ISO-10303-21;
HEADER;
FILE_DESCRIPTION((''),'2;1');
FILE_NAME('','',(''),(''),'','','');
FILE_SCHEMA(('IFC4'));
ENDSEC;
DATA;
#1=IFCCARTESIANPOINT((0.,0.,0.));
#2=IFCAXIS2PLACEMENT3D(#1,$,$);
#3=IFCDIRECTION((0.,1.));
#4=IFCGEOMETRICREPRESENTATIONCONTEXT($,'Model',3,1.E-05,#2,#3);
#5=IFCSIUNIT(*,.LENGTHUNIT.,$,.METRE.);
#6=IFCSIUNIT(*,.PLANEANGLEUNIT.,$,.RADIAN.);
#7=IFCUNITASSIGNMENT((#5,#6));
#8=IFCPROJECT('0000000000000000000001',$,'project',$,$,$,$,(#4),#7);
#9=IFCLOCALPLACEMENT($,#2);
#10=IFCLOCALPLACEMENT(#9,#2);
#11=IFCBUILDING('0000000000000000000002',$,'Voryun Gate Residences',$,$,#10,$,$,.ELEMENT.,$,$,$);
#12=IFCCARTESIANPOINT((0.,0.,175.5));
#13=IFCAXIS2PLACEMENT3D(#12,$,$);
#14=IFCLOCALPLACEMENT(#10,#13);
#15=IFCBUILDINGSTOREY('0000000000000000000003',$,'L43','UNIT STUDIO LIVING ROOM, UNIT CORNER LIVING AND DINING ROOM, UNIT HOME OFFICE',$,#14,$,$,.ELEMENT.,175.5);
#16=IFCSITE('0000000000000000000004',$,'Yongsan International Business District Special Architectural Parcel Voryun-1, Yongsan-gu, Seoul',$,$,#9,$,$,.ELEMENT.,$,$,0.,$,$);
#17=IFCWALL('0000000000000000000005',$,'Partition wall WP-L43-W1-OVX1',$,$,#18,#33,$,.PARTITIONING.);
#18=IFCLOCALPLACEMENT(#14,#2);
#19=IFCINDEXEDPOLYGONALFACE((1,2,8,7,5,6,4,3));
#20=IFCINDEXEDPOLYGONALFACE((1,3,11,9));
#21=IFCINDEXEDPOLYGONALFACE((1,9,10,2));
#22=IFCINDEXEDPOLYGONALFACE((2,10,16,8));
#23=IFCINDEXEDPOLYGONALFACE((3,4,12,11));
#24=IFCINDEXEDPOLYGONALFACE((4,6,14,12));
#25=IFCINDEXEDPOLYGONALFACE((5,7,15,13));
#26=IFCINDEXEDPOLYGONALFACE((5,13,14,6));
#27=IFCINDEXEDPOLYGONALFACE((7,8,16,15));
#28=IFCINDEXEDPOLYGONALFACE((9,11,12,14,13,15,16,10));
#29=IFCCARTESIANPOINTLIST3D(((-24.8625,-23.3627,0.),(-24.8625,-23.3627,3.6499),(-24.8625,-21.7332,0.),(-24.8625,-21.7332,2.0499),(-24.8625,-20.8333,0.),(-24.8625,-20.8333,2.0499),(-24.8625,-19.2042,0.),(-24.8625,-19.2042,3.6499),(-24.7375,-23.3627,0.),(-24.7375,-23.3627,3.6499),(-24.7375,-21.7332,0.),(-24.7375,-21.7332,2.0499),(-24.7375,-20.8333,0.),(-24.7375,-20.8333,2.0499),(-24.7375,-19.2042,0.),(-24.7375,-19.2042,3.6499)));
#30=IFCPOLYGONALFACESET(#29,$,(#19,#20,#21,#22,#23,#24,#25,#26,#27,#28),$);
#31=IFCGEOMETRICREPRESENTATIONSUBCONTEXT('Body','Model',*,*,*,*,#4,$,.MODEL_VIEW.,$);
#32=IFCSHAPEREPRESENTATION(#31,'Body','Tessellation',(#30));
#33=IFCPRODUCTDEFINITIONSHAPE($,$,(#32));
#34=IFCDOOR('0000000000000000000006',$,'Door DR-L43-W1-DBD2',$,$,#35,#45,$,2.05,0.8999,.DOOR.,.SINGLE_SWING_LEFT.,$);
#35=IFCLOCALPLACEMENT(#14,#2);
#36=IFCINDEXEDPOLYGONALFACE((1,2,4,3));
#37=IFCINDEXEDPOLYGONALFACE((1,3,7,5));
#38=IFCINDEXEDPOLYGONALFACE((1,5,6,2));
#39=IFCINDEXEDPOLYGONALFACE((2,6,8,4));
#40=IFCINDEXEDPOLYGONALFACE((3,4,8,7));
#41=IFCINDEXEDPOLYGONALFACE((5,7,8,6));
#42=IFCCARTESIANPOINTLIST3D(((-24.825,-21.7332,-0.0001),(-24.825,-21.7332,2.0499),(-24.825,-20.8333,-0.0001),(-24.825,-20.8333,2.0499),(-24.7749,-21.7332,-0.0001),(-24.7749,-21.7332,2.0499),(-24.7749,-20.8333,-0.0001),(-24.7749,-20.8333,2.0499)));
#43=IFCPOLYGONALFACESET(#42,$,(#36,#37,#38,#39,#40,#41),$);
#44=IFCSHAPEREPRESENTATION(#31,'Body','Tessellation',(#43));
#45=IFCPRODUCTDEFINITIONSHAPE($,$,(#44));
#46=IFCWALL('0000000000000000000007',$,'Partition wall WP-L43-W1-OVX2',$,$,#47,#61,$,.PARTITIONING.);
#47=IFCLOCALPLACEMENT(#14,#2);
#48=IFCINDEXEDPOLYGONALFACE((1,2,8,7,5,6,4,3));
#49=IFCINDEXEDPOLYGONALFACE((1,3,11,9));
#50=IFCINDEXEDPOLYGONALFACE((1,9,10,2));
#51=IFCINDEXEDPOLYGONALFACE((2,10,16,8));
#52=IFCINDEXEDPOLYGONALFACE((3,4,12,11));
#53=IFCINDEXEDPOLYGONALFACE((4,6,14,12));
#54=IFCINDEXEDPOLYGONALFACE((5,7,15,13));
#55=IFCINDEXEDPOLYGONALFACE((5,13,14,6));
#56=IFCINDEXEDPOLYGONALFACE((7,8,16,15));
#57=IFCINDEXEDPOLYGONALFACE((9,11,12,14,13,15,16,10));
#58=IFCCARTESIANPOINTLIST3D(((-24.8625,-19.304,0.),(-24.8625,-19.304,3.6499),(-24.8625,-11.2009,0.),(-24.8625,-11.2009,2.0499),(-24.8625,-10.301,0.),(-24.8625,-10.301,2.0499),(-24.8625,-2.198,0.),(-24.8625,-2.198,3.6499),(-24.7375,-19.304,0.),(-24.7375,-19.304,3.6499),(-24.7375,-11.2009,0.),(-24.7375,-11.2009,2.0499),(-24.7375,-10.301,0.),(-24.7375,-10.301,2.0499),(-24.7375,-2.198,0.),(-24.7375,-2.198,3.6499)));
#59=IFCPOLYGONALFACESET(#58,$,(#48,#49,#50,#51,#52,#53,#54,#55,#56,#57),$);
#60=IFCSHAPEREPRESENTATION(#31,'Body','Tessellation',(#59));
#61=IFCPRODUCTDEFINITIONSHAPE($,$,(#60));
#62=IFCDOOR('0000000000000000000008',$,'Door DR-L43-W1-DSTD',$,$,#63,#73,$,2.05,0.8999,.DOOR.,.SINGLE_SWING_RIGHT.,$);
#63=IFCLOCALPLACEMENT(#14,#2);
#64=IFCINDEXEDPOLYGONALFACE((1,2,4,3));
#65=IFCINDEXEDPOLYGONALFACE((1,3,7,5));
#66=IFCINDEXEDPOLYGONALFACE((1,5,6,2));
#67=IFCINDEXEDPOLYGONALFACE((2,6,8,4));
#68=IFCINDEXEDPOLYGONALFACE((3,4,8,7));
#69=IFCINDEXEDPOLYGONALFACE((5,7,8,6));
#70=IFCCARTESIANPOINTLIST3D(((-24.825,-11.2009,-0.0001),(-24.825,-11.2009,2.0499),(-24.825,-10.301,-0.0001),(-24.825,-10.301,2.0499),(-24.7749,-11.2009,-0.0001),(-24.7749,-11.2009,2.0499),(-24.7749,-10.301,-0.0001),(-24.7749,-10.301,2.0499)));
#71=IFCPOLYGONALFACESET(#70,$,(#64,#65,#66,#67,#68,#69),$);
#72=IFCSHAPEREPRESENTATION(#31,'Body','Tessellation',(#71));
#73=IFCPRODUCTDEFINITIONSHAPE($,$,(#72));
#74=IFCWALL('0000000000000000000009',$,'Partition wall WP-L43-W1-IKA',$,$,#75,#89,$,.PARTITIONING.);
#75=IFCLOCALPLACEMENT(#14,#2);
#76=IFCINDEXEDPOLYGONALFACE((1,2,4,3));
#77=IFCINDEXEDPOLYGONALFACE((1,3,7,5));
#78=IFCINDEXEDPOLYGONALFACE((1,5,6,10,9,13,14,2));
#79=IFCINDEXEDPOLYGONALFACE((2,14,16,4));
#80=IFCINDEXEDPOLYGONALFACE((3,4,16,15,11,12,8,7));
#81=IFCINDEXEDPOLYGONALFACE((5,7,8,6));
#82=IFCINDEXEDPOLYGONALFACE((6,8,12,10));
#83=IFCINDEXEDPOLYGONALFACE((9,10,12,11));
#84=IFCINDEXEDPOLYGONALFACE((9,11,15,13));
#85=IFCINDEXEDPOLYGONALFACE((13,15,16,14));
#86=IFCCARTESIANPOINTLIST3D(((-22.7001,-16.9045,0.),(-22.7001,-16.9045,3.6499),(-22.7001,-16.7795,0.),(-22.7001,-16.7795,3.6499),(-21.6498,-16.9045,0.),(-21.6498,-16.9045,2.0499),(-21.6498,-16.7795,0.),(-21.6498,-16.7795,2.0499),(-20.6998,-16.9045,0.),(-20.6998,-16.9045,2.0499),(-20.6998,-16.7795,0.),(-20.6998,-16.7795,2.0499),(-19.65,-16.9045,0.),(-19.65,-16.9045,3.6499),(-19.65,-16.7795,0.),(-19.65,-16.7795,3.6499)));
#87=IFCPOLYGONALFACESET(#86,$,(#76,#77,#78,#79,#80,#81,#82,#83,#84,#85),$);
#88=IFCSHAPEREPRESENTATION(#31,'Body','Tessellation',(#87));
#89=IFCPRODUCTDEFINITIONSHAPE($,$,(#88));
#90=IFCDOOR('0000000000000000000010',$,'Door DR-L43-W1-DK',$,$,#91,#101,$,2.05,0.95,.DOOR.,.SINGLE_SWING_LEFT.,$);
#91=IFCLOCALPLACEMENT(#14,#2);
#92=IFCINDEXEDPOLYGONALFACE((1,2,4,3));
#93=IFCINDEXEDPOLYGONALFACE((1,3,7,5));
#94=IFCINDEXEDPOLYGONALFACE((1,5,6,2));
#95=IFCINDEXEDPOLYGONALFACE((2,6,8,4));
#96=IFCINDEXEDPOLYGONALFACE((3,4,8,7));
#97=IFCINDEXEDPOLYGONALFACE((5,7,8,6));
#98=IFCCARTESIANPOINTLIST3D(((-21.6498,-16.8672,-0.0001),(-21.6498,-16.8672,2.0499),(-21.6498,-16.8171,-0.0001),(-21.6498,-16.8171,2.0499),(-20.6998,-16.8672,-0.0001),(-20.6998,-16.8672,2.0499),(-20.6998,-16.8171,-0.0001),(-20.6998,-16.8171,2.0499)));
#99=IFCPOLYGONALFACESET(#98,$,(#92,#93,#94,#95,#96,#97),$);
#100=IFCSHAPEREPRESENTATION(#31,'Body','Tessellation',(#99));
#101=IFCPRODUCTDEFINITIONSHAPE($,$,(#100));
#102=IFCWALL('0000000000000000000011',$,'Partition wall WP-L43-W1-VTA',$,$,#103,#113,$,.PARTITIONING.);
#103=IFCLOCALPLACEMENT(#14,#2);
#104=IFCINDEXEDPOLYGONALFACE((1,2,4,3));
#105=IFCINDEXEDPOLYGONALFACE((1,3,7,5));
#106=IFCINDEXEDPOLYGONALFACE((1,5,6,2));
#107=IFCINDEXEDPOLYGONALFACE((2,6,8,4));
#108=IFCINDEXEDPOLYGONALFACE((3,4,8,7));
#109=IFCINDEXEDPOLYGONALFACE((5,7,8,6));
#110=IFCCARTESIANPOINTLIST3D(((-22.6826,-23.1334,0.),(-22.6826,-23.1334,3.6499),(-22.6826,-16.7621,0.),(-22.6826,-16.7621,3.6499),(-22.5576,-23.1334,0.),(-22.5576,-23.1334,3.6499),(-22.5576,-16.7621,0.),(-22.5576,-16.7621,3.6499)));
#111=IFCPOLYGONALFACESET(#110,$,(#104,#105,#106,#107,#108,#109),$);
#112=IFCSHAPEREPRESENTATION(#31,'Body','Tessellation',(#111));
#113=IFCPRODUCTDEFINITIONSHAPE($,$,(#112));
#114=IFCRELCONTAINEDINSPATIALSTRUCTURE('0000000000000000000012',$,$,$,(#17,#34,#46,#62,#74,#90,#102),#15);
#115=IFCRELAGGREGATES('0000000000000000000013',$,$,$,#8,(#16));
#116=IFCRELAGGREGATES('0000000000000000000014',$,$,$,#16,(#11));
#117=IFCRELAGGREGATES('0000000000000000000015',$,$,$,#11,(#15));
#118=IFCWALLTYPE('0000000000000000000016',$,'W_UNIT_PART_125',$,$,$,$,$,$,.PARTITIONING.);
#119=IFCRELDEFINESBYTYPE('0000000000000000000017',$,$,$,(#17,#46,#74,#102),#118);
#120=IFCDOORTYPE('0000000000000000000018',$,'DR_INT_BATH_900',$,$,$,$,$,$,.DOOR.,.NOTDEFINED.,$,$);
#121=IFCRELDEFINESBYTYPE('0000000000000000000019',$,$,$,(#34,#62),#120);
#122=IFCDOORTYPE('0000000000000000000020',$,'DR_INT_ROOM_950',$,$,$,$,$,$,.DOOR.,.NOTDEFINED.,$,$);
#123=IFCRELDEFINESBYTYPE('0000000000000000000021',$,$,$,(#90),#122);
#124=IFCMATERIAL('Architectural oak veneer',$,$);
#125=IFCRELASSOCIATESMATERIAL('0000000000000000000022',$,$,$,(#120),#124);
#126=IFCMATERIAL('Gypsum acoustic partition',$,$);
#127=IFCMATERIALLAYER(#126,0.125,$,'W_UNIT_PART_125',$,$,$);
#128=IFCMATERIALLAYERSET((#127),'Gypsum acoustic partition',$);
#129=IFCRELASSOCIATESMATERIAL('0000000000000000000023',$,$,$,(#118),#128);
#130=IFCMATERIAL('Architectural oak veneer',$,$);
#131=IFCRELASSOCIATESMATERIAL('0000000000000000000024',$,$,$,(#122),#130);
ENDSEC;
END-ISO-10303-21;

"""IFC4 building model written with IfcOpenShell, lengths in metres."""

from ifc_helpers import new_model, si_unit, direction, frame, frame_2d, origin, place, context, subcontext, project, spatial, rectangle, extrude, material, layer, layer_set, type_object, element, fill, save


model = new_model("IFC4")

# Units and contexts
model_context = context("Model", 3, precision=1e-05, world=origin(), true_north=direction((0.0, 1.0)))
body_context = subcontext(model_context, "Body", "Model", "MODEL_VIEW")
ifc_project = project(units=[si_unit("LENGTHUNIT", "METRE"), si_unit("PLANEANGLEUNIT", "RADIAN")], contexts=[model_context])

# Site, building, storey
site_placement = place(None, origin())
site = spatial("IfcSite", under=ifc_project, at=site_placement, Name="Yongsan International Business District Special Architectural Parcel Voryun-1, Yongsan-gu, Seoul", CompositionType="ELEMENT", RefElevation=0.0)
building_placement = place(site_placement, origin())
building = spatial("IfcBuilding", under=site, at=building_placement, Name="Voryun Gate Residences", CompositionType="ELEMENT")
storey_placement = place(building_placement, frame((0.0, 0.0, 175.5)))
storey = spatial("IfcBuildingStorey", under=building, at=storey_placement, Name="L43", Description="UNIT STUDIO LIVING ROOM, UNIT CORNER LIVING AND DINING ROOM, UNIT HOME OFFICE", CompositionType="ELEMENT", Elevation=175.5)

# Shared definitions
ifc_material_1 = material(Name="Architectural oak veneer")
door_type_1 = type_object("IfcDoorType", Name="DR_INT_BATH_900", OperationType="NOTDEFINED", PredefinedType="DOOR", material=ifc_material_1)

# Shared definitions
ifc_material_2 = material(Name="Gypsum acoustic partition")
ifc_layer_1 = layer(ifc_material_2, 0.125, Name="W_UNIT_PART_125")
ifc_layer_set_1 = layer_set([ifc_layer_1], Name="Gypsum acoustic partition")
wall_type_1 = type_object("IfcWallType", Name="W_UNIT_PART_125", PredefinedType="PARTITIONING", material=ifc_layer_set_1)

# Walls, openings, doors
wall_1_placement = place(storey_placement, frame((-24.8, -23.3625, 0.0), z_axis=(0.0, 0.0, 1.0), x_axis=(0.0, 1.0, 0.0)))
wall_1 = element("IfcWall", 1, at=wall_1_placement, inside=storey, type_object=wall_type_1, Name="Partition wall WP-L43-W1-OVX1", PredefinedType="PARTITIONING", context=body_context, shape_type="SweptSolid", body=[
    extrude(rectangle(XDim=4.1584, YDim=0.125, at=frame_2d((2.0791, 0.0))), origin(), (0.0, 0.0, 1.0), 3.6499),
])
opening_1_placement = place(wall_1_placement, frame((1.6294, 0.0, 0.0)))
opening_1 = element("IfcOpeningElement", 2, at=opening_1_placement, cuts=wall_1, PredefinedType="OPENING", context=body_context, shape_type="SweptSolid", body=[
    extrude(rectangle(XDim=0.8999, YDim=2.05, at=frame_2d((0.45, 1.0249))), frame((0.0, 0.0725, 0.0), z_axis=(0.0, -1.0, 0.0), x_axis=(1.0, 0.0, 0.0)), (0.0, 0.0, 1.0), 0.145),
])
door_1_placement = place(opening_1_placement, origin())
door_1 = element("IfcDoor", 3, at=door_1_placement, inside=storey, type_object=door_type_1, Name="Door DR-L43-W1-DBD2", OperationType="SINGLE_SWING_LEFT", OverallHeight=2.05, OverallWidth=0.8999, PredefinedType="DOOR", context=body_context, shape_type="SweptSolid", body=[
    extrude(rectangle(XDim=0.8999, YDim=2.05, at=frame_2d((0.45, 1.0249))), frame((0.0, 0.0249, 0.0), z_axis=(0.0, -1.0, 0.0), x_axis=(1.0, 0.0, 0.0)), (0.0, 0.0, 1.0), 0.05),
])
fill(opening_1, door_1)
wall_2_placement = place(storey_placement, frame((-24.8, -19.304, 0.0), z_axis=(0.0, 0.0, 1.0), x_axis=(0.0, 1.0, 0.0)))
wall_2 = element("IfcWall", 4, at=wall_2_placement, inside=storey, type_object=wall_type_1, Name="Partition wall WP-L43-W1-OVX2", PredefinedType="PARTITIONING", context=body_context, shape_type="SweptSolid", body=[
    extrude(rectangle(XDim=17.106, YDim=0.125, at=frame_2d((8.553, 0.0))), origin(), (0.0, 0.0, 1.0), 3.6499),
])
opening_2_placement = place(wall_2_placement, frame((8.103, 0.0, 0.0)))
opening_2 = element("IfcOpeningElement", 5, at=opening_2_placement, cuts=wall_2, PredefinedType="OPENING", context=body_context, shape_type="SweptSolid", body=[
    extrude(rectangle(XDim=0.8999, YDim=2.05, at=frame_2d((0.45, 1.0249))), frame((0.0, 0.0725, 0.0), z_axis=(0.0, -1.0, 0.0), x_axis=(1.0, 0.0, 0.0)), (0.0, 0.0, 1.0), 0.145),
])
door_2_placement = place(opening_2_placement, origin())
door_2 = element("IfcDoor", 6, at=door_2_placement, inside=storey, type_object=door_type_1, Name="Door DR-L43-W1-DSTD", OperationType="SINGLE_SWING_RIGHT", OverallHeight=2.05, OverallWidth=0.8999, PredefinedType="DOOR", context=body_context, shape_type="SweptSolid", body=[
    extrude(rectangle(XDim=0.8999, YDim=2.05, at=frame_2d((0.45, 1.0249))), frame((0.0, 0.0249, 0.0), z_axis=(0.0, -1.0, 0.0), x_axis=(1.0, 0.0, 0.0)), (0.0, 0.0, 1.0), 0.05),
])
fill(opening_2, door_2)
wall_3_placement = place(storey_placement, frame((-22.7, -16.842, 0.0), z_axis=(0.0, 0.0, 1.0), x_axis=(1.0, 0.0, 0.0)))
wall_3 = element("IfcWall", 7, at=wall_3_placement, inside=storey, type_object=wall_type_1, Name="Partition wall WP-L43-W1-IKA", PredefinedType="PARTITIONING", context=body_context, shape_type="SweptSolid", body=[
    extrude(rectangle(XDim=3.05, YDim=0.125, at=frame_2d((1.5249, 0.0))), origin(), (0.0, 0.0, 1.0), 3.6499),
])
opening_3_placement = place(wall_3_placement, frame((1.05, 0.0, 0.0)))
opening_3 = element("IfcOpeningElement", 8, at=opening_3_placement, cuts=wall_3, PredefinedType="OPENING", context=body_context, shape_type="SweptSolid", body=[
    extrude(rectangle(XDim=0.95, YDim=2.05, at=frame_2d((0.4751, 1.0249))), frame((0.0, 0.0725, 0.0), z_axis=(0.0, -1.0, 0.0), x_axis=(1.0, 0.0, 0.0)), (0.0, 0.0, 1.0), 0.145),
])
ifc_material_3 = material(Name="Architectural oak veneer")
door_type_2 = type_object("IfcDoorType", Name="DR_INT_ROOM_950", OperationType="NOTDEFINED", PredefinedType="DOOR", material=ifc_material_3)
door_3_placement = place(opening_3_placement, origin())
door_3 = element("IfcDoor", 9, at=door_3_placement, inside=storey, type_object=door_type_2, Name="Door DR-L43-W1-DK", OperationType="SINGLE_SWING_LEFT", OverallHeight=2.05, OverallWidth=0.95, PredefinedType="DOOR", context=body_context, shape_type="SweptSolid", body=[
    extrude(rectangle(XDim=0.95, YDim=2.05, at=frame_2d((0.4751, 1.0249))), frame((0.0, 0.0249, 0.0), z_axis=(0.0, -1.0, 0.0), x_axis=(1.0, 0.0, 0.0)), (0.0, 0.0, 1.0), 0.05),
])
fill(opening_3, door_3)

# Wall
wall_4_placement = place(storey_placement, frame((-22.6201, -23.1333, 0.0), z_axis=(0.0, 0.0, 1.0), x_axis=(0.0, 1.0, 0.0)))
element("IfcWall", 10, at=wall_4_placement, inside=storey, type_object=wall_type_1, Name="Partition wall WP-L43-W1-VTA", PredefinedType="PARTITIONING", context=body_context, shape_type="SweptSolid", body=[
    extrude(rectangle(XDim=6.3713, YDim=0.125, at=frame_2d((3.1855, 0.0))), origin(), (0.0, 0.0, 1.0), 3.6499),
])

save(model, "model.ifc")
